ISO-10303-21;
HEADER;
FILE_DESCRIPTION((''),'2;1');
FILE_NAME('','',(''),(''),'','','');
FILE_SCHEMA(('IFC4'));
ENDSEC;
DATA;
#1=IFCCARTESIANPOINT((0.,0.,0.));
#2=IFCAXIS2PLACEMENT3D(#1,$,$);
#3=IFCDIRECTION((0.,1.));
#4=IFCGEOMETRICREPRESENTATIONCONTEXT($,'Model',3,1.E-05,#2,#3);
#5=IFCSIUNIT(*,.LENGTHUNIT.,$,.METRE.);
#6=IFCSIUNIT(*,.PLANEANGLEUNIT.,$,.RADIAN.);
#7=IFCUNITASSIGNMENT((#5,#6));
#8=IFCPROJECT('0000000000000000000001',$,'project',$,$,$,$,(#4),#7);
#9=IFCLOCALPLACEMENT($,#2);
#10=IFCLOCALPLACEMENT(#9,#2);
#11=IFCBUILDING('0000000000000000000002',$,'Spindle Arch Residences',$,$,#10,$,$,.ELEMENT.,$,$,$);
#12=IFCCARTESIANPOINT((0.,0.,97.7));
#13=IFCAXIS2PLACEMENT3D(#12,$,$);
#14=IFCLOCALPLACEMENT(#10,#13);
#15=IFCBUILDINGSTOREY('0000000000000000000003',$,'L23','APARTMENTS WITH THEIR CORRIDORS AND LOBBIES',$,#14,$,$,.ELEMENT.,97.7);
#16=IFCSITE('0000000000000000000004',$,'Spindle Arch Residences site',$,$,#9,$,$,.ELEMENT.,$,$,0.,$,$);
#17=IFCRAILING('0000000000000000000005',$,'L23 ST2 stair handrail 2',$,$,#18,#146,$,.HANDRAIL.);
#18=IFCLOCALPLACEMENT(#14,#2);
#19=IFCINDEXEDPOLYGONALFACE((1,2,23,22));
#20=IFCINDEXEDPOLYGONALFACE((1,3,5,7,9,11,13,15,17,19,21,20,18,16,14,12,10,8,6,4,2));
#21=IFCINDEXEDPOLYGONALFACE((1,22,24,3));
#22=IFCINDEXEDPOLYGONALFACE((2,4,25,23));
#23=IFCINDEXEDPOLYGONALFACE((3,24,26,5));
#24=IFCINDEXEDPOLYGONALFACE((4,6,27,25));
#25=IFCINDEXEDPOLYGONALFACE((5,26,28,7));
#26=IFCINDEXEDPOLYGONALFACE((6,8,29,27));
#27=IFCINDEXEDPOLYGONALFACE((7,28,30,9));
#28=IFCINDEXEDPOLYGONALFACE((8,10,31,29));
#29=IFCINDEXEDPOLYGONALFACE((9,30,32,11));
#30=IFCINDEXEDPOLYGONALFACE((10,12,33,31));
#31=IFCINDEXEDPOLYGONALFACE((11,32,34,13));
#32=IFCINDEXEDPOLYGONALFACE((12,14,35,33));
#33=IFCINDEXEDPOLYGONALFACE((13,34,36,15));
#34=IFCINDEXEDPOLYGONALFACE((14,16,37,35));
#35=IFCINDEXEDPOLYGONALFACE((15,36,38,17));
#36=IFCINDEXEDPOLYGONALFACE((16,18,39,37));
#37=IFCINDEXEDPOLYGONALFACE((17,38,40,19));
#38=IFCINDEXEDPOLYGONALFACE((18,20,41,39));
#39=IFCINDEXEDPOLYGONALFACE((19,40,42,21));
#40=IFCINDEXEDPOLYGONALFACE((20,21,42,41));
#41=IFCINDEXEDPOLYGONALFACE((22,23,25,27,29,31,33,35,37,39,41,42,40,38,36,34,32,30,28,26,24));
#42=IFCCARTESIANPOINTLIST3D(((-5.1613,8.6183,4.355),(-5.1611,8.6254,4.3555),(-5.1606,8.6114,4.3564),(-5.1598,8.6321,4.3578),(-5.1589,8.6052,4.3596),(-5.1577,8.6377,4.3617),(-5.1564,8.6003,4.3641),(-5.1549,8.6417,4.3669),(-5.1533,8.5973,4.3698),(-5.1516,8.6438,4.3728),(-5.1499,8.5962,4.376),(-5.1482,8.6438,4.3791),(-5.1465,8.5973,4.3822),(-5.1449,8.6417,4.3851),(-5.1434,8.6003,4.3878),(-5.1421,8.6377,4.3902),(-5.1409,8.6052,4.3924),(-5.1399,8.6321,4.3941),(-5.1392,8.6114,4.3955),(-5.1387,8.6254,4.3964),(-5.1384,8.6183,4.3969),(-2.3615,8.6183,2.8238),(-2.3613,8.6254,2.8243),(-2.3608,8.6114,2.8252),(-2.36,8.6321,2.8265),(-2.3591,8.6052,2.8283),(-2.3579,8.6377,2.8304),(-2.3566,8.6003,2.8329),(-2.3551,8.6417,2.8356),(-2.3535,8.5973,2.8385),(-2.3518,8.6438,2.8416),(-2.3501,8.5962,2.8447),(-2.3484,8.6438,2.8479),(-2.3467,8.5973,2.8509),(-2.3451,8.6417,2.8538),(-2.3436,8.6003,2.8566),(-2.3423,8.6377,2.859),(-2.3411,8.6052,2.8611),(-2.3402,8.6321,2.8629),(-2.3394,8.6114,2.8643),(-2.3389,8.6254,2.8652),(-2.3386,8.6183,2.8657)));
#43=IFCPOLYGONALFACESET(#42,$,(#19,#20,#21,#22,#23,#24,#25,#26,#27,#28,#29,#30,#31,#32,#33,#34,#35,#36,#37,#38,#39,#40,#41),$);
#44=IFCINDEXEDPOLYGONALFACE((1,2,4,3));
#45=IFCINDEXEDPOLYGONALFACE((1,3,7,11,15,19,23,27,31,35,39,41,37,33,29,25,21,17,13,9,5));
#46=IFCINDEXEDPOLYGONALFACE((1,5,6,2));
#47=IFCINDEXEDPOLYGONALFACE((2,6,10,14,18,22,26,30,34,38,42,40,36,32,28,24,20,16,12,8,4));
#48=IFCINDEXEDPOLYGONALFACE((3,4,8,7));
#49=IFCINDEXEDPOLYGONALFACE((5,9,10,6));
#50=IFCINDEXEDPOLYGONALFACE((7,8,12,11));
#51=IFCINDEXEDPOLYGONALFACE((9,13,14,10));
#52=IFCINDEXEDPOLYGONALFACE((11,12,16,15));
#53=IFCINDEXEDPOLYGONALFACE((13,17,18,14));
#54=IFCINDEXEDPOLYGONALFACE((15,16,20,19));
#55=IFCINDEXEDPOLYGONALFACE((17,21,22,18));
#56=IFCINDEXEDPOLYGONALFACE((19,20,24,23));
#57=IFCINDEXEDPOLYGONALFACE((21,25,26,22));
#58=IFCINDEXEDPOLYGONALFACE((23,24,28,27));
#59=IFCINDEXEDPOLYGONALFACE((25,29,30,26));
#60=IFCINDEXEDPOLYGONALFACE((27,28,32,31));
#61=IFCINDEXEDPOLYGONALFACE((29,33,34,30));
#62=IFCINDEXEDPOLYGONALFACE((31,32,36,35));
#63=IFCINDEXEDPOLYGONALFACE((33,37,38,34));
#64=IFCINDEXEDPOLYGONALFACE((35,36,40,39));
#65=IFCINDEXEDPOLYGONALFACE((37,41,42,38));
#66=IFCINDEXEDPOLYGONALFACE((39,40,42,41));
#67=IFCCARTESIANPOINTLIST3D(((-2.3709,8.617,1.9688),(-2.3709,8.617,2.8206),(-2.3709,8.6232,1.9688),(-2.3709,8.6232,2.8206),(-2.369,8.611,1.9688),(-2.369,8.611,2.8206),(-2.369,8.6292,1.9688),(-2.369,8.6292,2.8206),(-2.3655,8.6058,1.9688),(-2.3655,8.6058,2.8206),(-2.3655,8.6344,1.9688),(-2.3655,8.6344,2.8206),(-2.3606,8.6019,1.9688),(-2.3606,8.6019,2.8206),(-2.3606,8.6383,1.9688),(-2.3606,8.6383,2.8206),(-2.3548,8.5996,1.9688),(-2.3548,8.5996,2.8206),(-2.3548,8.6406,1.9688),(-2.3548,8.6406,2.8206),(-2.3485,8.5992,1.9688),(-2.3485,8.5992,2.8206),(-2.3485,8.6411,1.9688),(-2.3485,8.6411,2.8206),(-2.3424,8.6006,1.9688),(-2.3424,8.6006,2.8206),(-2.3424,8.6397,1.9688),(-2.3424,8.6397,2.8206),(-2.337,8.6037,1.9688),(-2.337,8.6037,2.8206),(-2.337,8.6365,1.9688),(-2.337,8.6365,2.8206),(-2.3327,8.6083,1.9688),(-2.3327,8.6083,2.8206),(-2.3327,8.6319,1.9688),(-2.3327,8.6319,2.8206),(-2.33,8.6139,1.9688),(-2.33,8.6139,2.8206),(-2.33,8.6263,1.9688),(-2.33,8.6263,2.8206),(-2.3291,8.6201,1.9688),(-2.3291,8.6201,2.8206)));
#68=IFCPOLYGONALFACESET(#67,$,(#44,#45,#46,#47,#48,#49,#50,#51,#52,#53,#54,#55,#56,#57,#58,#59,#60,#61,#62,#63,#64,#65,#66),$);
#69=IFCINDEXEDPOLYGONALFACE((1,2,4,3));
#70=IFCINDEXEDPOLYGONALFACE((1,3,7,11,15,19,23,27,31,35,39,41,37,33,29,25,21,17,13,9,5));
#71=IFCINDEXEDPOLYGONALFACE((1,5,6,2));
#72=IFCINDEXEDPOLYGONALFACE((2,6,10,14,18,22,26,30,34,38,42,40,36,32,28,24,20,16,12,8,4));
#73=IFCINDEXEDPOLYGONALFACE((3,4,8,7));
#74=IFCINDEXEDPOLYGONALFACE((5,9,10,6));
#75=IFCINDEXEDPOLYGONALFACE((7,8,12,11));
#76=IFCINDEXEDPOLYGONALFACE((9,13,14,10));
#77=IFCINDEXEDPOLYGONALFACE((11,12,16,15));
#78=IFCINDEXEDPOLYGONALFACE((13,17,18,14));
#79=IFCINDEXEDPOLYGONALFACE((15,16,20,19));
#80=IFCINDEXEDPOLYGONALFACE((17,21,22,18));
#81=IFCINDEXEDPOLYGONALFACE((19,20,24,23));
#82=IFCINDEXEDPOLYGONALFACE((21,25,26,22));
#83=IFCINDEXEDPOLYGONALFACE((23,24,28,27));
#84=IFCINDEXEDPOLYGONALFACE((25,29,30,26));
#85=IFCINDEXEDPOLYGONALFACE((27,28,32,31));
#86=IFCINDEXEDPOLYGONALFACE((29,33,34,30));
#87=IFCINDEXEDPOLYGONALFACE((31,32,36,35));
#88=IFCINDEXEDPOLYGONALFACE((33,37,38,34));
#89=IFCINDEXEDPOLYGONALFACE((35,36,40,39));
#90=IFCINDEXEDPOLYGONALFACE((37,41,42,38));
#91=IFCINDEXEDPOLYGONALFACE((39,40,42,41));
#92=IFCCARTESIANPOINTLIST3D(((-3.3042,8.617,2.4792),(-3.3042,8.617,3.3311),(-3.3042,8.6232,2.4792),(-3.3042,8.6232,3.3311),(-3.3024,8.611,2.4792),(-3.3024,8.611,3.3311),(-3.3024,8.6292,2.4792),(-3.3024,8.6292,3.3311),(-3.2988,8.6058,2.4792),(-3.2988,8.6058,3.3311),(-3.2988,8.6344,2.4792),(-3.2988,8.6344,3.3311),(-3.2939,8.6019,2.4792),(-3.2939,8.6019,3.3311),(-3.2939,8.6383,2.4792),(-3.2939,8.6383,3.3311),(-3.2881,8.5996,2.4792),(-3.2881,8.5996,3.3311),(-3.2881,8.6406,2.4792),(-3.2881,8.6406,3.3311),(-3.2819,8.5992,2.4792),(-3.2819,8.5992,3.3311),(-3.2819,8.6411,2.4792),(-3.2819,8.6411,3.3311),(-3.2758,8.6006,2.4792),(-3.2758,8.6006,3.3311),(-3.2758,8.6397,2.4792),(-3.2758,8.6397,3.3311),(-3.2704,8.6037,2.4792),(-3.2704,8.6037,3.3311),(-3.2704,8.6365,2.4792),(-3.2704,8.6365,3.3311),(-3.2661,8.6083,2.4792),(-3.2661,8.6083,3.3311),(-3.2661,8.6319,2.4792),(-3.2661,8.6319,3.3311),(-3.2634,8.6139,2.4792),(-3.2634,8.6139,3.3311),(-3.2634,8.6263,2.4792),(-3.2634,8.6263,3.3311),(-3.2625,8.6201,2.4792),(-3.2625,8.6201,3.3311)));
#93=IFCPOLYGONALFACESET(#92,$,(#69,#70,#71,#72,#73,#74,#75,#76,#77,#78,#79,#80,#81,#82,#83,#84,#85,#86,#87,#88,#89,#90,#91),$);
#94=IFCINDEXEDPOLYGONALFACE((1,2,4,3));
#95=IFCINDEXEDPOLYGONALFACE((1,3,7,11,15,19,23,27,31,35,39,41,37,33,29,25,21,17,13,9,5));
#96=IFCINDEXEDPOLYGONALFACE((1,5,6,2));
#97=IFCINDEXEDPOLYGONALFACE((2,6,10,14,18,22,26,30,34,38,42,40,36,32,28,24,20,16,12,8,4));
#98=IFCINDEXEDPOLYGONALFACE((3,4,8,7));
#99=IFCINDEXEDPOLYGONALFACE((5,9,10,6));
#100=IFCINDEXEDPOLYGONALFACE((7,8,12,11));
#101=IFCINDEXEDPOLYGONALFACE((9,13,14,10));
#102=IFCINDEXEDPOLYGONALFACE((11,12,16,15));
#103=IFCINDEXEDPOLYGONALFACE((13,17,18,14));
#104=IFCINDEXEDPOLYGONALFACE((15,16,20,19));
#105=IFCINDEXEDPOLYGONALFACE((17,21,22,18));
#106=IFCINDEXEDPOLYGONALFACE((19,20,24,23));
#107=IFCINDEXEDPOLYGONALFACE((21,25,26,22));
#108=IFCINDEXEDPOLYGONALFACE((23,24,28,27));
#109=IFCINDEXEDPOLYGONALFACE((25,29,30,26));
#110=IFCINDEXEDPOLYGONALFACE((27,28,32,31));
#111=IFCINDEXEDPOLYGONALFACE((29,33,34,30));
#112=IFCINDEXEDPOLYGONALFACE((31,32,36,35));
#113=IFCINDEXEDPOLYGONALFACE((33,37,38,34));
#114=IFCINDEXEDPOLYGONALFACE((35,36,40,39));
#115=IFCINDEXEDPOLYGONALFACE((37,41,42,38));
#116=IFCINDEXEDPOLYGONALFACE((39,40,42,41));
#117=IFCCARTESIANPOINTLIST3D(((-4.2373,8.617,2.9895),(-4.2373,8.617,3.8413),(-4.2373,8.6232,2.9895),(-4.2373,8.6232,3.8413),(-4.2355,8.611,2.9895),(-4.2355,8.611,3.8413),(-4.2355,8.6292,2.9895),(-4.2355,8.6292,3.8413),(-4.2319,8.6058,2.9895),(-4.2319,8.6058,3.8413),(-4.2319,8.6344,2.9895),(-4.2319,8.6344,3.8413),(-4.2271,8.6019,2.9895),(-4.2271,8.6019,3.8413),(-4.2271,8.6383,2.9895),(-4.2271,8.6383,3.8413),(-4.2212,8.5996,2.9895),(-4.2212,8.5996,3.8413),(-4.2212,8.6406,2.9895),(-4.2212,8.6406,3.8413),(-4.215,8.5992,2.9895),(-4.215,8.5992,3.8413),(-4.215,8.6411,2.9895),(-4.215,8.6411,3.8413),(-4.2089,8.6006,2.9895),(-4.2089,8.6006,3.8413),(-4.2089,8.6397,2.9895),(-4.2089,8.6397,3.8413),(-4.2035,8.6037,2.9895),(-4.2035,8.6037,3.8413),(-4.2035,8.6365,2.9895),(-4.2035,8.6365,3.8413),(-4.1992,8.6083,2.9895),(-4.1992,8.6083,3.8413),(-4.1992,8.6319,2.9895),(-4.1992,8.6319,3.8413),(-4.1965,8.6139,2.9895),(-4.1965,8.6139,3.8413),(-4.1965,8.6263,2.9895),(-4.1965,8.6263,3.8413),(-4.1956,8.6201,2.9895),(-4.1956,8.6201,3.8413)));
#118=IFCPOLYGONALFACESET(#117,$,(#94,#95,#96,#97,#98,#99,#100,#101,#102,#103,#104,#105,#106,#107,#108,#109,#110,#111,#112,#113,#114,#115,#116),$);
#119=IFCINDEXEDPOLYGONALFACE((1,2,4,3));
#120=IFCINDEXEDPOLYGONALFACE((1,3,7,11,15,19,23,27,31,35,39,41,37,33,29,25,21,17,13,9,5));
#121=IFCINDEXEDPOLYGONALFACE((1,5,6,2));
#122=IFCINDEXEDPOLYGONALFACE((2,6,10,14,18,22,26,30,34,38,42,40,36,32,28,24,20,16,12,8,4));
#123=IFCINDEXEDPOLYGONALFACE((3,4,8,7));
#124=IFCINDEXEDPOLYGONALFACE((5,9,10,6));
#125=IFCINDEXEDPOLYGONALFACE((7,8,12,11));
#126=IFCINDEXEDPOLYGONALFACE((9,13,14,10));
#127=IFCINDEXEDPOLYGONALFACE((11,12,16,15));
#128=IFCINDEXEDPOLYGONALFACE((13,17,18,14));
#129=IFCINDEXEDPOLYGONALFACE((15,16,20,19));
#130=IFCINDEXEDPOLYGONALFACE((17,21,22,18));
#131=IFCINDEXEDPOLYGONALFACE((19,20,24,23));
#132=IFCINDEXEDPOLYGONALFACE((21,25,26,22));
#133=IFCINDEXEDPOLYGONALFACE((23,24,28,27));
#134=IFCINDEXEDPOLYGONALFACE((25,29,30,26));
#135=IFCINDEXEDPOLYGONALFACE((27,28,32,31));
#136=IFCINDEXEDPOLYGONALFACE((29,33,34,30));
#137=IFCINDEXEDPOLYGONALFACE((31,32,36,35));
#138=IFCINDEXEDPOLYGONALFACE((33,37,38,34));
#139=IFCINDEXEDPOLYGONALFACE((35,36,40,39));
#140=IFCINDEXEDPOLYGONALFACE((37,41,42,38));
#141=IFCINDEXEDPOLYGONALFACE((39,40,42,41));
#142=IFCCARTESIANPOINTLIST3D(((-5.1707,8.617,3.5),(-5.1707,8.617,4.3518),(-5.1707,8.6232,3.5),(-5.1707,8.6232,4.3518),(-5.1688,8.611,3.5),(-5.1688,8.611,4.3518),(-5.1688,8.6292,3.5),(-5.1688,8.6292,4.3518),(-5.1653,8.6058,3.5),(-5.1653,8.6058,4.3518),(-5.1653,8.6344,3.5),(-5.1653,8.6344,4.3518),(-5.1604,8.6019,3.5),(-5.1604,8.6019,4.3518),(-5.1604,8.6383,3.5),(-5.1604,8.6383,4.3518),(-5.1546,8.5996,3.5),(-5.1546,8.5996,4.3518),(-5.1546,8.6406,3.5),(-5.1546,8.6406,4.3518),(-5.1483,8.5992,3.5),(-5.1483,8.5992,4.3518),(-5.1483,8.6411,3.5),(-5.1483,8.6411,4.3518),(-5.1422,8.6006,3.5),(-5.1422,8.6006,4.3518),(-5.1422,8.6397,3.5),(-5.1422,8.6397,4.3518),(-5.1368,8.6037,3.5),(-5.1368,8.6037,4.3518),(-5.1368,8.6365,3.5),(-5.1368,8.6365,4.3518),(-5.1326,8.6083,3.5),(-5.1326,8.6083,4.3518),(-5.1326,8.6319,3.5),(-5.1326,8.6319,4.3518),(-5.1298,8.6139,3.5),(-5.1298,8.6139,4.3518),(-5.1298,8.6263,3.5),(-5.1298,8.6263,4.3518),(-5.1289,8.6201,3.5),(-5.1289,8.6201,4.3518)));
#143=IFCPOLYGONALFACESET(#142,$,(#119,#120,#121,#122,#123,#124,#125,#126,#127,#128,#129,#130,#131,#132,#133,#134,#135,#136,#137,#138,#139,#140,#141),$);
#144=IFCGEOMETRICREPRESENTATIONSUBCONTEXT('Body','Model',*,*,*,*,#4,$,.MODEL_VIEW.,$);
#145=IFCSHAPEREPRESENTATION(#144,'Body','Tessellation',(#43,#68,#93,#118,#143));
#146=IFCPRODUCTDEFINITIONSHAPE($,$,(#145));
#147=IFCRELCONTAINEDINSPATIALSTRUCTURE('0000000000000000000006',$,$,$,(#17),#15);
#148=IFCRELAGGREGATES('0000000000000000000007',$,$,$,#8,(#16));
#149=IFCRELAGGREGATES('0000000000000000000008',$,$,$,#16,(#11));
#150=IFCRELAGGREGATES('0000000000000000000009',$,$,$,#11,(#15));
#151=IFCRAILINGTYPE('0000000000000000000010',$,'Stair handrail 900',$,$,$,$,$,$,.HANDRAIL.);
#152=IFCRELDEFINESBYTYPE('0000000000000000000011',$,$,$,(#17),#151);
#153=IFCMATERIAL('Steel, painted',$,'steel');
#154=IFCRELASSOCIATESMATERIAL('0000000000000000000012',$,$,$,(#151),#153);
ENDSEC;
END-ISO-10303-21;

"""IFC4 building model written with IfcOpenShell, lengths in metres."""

from ifc_helpers import new_model, si_unit, direction, frame, origin, origin_2d, place, context, subcontext, project, spatial, circle, extrude, material, type_object, element, save


model = new_model("IFC4")

# Units and contexts
model_context = context("Model", 3, precision=1e-05, world=origin(), true_north=direction((0.0, 1.0)))
body_context = subcontext(model_context, "Body", "Model", "MODEL_VIEW")
ifc_project = project(units=[si_unit("LENGTHUNIT", "METRE"), si_unit("PLANEANGLEUNIT", "RADIAN")], contexts=[model_context])

# Site, building, storey
site_placement = place(None, origin())
site = spatial("IfcSite", under=ifc_project, at=site_placement, Name="Spindle Arch Residences site", CompositionType="ELEMENT", RefElevation=0.0)
building_placement = place(site_placement, origin())
building = spatial("IfcBuilding", under=site, at=building_placement, Name="Spindle Arch Residences", CompositionType="ELEMENT")
storey_placement = place(building_placement, frame((0.0, 0.0, 97.7)))
storey = spatial("IfcBuildingStorey", under=building, at=storey_placement, Name="L23", Description="APARTMENTS WITH THEIR CORRIDORS AND LOBBIES", CompositionType="ELEMENT", Elevation=97.7)

# Railing
ifc_material_1 = material(Name="Steel, painted", Category="steel")
railing_type = type_object("IfcRailingType", Name="Stair handrail 900", PredefinedType="HANDRAIL", material=ifc_material_1)
railing_placement = place(storey_placement, frame((-2.3501, 8.6201, 1.9688)))
element("IfcRailing", 1, at=railing_placement, inside=storey, type_object=railing_type, Name="L23 ST2 stair handrail 2", PredefinedType="HANDRAIL", context=body_context, shape_type="SweptSolid", body=[
    extrude(circle(Radius=0.0239, at=origin_2d()), frame((0.0, 0.0, 0.876), z_axis=(-0.877357, 0.0, 0.479838), x_axis=(0.0, -1.0, 0.0)), (0.0, 0.0, 1.0), 3.1912),
    extrude(circle(Radius=0.021, at=origin_2d()), origin(), (0.0, 0.0, 1.0), 0.8518),
    extrude(circle(Radius=0.021, at=origin_2d()), frame((-0.9333, 0.0, 0.5105)), (0.0, 0.0, 1.0), 0.8518),
    extrude(circle(Radius=0.021, at=origin_2d()), frame((-1.8665, 0.0, 1.0208)), (0.0, 0.0, 1.0), 0.8518),
    extrude(circle(Radius=0.021, at=origin_2d()), frame((-2.7998, 0.0, 1.5312)), (0.0, 0.0, 1.0), 0.8518),
])

save(model, "model.ifc")
